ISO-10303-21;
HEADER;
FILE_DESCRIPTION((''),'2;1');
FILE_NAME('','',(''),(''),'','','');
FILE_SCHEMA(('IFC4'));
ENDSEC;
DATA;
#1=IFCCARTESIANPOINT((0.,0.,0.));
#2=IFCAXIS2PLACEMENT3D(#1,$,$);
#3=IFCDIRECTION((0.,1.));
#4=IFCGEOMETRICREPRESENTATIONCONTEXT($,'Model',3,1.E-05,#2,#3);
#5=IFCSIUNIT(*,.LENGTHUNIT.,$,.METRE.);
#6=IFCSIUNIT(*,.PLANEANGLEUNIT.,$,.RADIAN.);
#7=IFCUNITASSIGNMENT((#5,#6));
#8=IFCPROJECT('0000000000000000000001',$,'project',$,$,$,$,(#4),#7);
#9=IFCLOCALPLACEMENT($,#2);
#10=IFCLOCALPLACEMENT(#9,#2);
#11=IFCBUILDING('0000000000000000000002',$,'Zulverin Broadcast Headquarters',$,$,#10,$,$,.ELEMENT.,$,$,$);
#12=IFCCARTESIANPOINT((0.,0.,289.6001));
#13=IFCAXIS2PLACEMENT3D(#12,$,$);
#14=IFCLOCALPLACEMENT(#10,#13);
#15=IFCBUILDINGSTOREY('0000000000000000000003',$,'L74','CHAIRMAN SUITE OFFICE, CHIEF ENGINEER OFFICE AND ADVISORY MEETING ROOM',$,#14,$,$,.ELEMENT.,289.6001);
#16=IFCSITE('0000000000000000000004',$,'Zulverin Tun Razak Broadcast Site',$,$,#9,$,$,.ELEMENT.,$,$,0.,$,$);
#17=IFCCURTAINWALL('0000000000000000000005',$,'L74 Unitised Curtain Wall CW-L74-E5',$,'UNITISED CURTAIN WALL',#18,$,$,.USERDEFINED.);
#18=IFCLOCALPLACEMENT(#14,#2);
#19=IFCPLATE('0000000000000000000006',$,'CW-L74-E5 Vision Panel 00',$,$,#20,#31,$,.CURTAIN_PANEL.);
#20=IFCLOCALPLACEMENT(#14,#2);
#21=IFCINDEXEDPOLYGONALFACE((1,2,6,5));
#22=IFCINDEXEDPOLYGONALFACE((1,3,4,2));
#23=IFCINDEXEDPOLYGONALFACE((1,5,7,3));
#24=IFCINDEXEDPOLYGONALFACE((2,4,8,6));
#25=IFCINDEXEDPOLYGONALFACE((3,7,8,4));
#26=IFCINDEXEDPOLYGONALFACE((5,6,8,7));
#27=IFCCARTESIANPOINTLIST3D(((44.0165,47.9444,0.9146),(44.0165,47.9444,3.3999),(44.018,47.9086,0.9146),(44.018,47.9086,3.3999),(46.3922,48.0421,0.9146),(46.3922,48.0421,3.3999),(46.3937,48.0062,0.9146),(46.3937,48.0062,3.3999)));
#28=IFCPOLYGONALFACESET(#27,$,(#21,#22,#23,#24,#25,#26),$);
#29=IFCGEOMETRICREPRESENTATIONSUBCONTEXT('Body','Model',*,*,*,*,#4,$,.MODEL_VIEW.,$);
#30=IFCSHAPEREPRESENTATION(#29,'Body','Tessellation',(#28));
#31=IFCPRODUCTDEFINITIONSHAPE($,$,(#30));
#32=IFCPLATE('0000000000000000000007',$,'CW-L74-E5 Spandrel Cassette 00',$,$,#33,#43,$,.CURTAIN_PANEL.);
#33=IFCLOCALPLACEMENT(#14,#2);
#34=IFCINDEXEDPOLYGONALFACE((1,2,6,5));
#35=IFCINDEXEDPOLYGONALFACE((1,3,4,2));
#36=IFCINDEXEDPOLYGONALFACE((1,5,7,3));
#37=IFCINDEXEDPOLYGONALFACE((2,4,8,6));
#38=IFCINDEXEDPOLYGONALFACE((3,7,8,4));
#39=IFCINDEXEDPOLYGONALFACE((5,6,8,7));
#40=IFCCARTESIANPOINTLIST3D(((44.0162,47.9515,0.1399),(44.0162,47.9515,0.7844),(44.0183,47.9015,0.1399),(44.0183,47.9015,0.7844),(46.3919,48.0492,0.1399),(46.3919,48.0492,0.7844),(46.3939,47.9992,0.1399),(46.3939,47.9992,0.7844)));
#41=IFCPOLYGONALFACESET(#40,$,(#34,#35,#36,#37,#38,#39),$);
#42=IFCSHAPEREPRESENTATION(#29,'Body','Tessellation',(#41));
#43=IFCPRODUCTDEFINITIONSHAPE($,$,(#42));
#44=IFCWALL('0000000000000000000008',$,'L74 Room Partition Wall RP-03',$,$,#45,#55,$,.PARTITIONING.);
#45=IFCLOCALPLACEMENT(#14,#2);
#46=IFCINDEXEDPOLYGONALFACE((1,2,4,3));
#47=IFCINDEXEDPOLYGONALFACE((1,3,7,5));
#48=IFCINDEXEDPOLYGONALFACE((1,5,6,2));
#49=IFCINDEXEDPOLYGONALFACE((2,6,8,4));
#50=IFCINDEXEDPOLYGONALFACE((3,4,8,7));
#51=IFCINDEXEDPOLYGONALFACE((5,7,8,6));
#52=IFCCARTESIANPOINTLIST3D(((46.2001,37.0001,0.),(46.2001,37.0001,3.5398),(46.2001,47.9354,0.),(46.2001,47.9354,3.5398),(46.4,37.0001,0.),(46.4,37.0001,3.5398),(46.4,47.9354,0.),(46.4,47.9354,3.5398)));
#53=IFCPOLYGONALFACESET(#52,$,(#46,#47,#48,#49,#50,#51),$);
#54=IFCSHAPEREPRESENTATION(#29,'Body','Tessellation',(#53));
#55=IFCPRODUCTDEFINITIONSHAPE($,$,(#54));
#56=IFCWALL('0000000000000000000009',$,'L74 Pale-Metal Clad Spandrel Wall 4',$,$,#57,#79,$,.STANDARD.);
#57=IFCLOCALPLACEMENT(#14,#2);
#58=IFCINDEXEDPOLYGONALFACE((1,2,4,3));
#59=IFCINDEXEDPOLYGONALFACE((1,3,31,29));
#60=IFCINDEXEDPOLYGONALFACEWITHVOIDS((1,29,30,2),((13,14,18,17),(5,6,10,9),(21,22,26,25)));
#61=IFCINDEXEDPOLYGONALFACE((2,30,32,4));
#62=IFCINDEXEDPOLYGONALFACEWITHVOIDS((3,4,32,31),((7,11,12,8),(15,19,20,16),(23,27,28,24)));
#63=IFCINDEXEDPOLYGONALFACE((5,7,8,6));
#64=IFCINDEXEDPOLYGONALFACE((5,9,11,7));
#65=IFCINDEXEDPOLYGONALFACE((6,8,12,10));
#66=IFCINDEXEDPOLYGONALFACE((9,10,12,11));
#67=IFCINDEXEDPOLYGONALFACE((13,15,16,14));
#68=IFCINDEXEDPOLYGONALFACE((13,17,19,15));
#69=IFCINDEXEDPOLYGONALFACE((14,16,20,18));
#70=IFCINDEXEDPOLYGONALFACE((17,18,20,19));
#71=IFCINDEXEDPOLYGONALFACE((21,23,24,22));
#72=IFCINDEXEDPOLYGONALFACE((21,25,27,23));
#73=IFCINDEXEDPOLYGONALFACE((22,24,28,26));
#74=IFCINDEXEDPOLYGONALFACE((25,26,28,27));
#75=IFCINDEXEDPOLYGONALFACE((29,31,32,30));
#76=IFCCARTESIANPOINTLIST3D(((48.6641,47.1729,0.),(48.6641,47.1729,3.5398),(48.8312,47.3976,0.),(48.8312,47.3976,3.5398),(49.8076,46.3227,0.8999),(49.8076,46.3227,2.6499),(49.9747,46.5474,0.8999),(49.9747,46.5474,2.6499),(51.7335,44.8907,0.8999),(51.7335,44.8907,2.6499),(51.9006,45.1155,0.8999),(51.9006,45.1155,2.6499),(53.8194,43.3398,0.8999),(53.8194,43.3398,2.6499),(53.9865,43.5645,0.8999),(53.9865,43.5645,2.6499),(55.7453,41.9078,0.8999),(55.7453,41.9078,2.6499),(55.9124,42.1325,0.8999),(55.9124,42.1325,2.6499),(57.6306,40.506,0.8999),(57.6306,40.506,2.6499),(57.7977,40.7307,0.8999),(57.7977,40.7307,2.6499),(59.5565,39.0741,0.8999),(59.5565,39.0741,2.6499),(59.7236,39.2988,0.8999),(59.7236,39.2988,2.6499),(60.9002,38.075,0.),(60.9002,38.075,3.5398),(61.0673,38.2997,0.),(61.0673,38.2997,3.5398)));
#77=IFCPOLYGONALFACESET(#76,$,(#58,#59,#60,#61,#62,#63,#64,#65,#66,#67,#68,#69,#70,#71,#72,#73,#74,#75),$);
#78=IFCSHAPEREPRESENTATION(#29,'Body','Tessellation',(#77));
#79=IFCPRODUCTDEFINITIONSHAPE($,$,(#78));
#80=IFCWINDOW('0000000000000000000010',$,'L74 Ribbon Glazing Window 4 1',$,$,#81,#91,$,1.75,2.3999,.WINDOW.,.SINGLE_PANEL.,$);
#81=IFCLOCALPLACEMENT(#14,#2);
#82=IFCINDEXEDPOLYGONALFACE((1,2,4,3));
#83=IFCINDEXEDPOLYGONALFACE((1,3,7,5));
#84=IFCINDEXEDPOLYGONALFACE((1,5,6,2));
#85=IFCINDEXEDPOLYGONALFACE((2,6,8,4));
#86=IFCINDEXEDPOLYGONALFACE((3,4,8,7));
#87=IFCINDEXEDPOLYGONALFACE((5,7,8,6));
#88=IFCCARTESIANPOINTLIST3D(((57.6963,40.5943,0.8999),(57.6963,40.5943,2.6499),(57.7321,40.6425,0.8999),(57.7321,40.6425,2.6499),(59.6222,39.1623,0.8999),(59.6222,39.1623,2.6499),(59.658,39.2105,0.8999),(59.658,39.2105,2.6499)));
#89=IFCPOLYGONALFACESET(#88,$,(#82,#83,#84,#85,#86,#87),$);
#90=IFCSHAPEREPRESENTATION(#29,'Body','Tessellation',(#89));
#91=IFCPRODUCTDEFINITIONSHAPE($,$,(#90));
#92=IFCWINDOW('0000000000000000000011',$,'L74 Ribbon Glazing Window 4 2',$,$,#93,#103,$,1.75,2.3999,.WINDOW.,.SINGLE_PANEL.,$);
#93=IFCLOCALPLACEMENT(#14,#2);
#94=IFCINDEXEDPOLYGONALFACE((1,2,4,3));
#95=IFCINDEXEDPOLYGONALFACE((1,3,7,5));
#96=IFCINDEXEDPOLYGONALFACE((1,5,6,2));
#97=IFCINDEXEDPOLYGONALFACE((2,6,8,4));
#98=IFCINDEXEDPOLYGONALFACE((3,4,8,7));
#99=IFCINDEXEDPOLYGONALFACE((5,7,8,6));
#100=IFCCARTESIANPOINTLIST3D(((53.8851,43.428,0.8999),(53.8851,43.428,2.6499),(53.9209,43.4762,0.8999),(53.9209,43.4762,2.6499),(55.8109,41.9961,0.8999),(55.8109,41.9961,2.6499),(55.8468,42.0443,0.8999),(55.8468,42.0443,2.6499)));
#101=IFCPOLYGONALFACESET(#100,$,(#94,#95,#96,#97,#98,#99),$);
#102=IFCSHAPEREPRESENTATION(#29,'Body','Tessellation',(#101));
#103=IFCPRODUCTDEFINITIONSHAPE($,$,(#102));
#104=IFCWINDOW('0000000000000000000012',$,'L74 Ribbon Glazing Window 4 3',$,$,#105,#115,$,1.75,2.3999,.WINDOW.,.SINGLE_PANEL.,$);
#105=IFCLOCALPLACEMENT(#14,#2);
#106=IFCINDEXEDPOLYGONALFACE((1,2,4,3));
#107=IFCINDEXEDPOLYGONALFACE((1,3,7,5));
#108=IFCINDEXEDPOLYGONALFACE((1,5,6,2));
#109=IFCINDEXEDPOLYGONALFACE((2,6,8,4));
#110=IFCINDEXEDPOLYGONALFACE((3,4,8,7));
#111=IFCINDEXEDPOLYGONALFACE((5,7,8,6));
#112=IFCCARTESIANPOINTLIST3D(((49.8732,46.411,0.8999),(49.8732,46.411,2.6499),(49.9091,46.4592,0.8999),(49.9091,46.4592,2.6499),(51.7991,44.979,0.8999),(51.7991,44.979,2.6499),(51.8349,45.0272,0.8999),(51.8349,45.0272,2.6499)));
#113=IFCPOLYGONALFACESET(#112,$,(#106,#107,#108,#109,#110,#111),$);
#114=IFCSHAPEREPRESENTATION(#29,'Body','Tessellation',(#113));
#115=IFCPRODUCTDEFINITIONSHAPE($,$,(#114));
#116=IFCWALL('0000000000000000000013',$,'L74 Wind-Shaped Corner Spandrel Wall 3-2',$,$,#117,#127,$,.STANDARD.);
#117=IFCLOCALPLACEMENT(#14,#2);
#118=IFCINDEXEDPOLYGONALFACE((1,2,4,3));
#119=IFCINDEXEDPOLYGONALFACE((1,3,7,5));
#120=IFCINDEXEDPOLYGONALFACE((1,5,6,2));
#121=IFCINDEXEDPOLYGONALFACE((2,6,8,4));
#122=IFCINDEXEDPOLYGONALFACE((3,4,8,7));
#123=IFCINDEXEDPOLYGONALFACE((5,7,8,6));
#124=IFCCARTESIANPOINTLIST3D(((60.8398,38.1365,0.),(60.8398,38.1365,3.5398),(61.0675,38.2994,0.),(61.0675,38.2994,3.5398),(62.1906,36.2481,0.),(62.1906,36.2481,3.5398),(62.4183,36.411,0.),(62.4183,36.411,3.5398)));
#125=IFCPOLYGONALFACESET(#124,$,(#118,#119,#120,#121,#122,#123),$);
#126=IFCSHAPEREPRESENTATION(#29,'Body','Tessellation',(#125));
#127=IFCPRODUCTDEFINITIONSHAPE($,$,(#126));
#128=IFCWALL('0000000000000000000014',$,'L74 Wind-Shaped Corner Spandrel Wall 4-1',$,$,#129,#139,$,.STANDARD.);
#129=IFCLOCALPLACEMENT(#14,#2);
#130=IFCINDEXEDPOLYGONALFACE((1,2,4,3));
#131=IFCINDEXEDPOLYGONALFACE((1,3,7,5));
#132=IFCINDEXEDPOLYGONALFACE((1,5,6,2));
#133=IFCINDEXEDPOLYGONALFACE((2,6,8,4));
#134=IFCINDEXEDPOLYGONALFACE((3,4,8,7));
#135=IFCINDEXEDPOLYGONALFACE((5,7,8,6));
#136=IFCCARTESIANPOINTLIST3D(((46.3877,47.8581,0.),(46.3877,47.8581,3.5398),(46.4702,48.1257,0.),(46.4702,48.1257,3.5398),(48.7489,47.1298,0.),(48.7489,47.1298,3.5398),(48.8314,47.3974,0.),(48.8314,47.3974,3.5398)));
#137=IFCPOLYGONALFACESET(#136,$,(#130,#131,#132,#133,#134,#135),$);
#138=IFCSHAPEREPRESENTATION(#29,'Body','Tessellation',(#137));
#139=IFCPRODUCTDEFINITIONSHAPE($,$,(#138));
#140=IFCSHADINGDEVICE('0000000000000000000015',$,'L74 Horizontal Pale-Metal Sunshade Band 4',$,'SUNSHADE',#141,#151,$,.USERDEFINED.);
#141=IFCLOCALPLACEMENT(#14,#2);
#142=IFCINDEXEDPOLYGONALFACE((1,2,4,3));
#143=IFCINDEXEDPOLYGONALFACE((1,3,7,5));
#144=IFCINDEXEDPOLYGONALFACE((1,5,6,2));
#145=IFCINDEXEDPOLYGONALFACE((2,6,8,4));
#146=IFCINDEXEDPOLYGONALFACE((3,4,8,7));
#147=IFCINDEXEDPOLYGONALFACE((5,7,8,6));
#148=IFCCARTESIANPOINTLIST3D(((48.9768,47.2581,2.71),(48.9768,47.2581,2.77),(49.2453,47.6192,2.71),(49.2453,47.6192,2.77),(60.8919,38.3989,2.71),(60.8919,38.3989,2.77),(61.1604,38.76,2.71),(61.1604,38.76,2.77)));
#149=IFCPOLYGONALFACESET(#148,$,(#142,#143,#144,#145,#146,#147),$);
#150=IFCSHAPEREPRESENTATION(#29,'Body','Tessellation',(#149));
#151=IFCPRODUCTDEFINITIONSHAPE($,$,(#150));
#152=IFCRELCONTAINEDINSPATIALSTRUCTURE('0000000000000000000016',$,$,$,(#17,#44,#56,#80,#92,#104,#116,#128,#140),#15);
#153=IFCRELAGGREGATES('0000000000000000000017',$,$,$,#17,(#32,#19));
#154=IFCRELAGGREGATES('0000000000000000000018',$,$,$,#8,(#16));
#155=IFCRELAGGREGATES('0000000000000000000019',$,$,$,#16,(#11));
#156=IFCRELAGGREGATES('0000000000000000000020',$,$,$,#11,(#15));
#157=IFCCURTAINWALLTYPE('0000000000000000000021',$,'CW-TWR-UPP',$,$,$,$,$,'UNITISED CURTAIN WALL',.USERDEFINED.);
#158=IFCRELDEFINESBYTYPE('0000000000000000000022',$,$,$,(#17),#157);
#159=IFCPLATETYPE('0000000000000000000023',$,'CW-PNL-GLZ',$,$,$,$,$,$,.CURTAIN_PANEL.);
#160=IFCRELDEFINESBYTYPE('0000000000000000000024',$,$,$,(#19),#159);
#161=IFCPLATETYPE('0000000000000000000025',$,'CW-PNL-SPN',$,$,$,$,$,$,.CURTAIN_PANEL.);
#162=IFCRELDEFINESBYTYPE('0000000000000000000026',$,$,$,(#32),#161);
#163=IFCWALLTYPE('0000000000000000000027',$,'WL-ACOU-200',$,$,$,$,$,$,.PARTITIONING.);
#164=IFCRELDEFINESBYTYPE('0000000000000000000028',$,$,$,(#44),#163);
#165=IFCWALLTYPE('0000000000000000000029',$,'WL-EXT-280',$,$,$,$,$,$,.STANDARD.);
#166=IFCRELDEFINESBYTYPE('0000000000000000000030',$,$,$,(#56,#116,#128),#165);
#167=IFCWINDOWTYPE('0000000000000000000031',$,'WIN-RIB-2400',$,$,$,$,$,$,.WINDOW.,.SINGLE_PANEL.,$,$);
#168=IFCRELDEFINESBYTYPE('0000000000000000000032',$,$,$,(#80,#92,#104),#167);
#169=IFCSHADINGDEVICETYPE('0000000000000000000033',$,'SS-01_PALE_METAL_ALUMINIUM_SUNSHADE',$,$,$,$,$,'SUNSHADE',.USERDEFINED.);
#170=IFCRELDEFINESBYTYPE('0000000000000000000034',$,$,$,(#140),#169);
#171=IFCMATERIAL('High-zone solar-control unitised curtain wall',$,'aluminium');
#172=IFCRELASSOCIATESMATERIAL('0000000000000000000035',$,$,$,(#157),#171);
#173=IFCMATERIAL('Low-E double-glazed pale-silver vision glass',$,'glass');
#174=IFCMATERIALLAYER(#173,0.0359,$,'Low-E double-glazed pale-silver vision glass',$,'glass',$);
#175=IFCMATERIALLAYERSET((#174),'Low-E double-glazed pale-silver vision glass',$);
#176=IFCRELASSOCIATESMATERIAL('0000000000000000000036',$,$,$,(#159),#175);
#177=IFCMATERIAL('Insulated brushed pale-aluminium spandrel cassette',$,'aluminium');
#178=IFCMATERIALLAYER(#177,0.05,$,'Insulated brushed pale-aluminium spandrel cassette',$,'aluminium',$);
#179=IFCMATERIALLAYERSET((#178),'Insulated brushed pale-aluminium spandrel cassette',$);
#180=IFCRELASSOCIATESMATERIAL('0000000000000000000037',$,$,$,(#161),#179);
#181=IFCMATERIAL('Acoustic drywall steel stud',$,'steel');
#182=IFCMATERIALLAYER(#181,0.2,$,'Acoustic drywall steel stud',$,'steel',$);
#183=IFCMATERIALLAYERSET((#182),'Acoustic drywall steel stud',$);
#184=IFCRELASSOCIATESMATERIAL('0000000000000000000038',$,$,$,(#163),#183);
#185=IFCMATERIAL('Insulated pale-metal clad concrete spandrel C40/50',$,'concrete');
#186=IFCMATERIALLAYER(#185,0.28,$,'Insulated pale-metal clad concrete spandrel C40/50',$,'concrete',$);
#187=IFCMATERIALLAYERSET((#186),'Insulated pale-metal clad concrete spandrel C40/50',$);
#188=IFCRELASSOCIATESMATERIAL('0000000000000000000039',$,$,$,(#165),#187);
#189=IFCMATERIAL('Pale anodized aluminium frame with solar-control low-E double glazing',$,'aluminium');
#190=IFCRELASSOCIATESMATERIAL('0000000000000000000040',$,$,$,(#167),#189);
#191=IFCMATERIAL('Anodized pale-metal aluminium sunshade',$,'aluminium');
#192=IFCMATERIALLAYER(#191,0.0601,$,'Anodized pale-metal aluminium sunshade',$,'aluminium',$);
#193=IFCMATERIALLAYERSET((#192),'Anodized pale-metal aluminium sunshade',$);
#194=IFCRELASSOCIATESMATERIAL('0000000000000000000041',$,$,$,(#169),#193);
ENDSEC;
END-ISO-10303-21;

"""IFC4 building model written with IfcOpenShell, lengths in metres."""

from ifc_helpers import new_model, si_unit, direction, frame, frame_2d, origin, origin_2d, place, context, subcontext, project, spatial, rectangle, extrude, material, layer, layer_set, type_object, element, fill, aggregate, save


model = new_model("IFC4")

# Units and contexts
model_context = context("Model", 3, precision=1e-05, world=origin(), true_north=direction((0.0, 1.0)))
body_context = subcontext(model_context, "Body", "Model", "MODEL_VIEW")
ifc_project = project(units=[si_unit("LENGTHUNIT", "METRE"), si_unit("PLANEANGLEUNIT", "RADIAN")], contexts=[model_context])

# Site, building, storey
site_placement = place(None, origin())
site = spatial("IfcSite", under=ifc_project, at=site_placement, Name="Zulverin Tun Razak Broadcast Site", CompositionType="ELEMENT", RefElevation=0.0)
building_placement = place(site_placement, origin())
building = spatial("IfcBuilding", under=site, at=building_placement, Name="Zulverin Broadcast Headquarters", CompositionType="ELEMENT")
storey_placement = place(building_placement, frame((0.0, 0.0, 289.6001)))
storey = spatial("IfcBuildingStorey", under=building, at=storey_placement, Name="L74", Description="CHAIRMAN SUITE OFFICE, CHIEF ENGINEER OFFICE AND ADVISORY MEETING ROOM", CompositionType="ELEMENT", Elevation=289.6001)

# Curtain wall, plates
ifc_material_1 = material(Name="High-zone solar-control unitised curtain wall", Category="aluminium")
curtain_wall_type = type_object("IfcCurtainWallType", Name="CW-TWR-UPP", ElementType="UNITISED CURTAIN WALL", PredefinedType="USERDEFINED", material=ifc_material_1)
curtain_wall_placement = place(storey_placement, origin())
curtain_wall = element("IfcCurtainWall", 1, at=curtain_wall_placement, inside=storey, type_object=curtain_wall_type, Name="L74 Unitised Curtain Wall CW-L74-E5", ObjectType="UNITISED CURTAIN WALL", PredefinedType="USERDEFINED")
ifc_material_2 = material(Name="Low-E double-glazed pale-silver vision glass", Category="glass")
ifc_layer_1 = layer(ifc_material_2, 0.0359, Name="Low-E double-glazed pale-silver vision glass", Category="glass")
ifc_layer_set_1 = layer_set([ifc_layer_1], Name="Low-E double-glazed pale-silver vision glass")
plate_type_1 = type_object("IfcPlateType", Name="CW-PNL-GLZ", PredefinedType="CURTAIN_PANEL", material=ifc_layer_set_1)
plate_1_placement = place(storey_placement, frame((45.2051, 47.9753, 0.9146), z_axis=(0.0, 0.0, 1.0), x_axis=(-0.999156, -0.041068, 0.0)))
plate_1 = element("IfcPlate", 2, at=plate_1_placement, type_object=plate_type_1, Name="CW-L74-E5 Vision Panel 00", PredefinedType="CURTAIN_PANEL", context=body_context, shape_type="SweptSolid", body=[
    extrude(rectangle(XDim=2.3777, YDim=0.0359, at=origin_2d()), origin(), (0.0, 0.0, 1.0), 2.4854),
])
ifc_material_3 = material(Name="Insulated brushed pale-aluminium spandrel cassette", Category="aluminium")
ifc_layer_2 = layer(ifc_material_3, 0.05, Name="Insulated brushed pale-aluminium spandrel cassette", Category="aluminium")
ifc_layer_set_2 = layer_set([ifc_layer_2], Name="Insulated brushed pale-aluminium spandrel cassette")
plate_type_2 = type_object("IfcPlateType", Name="CW-PNL-SPN", PredefinedType="CURTAIN_PANEL", material=ifc_layer_set_2)
plate_2_placement = place(storey_placement, frame((45.2051, 47.9753, 0.1399), z_axis=(0.0, 0.0, 1.0), x_axis=(-0.999156, -0.041068, 0.0)))
plate_2 = element("IfcPlate", 3, at=plate_2_placement, type_object=plate_type_2, Name="CW-L74-E5 Spandrel Cassette 00", PredefinedType="CURTAIN_PANEL", context=body_context, shape_type="SweptSolid", body=[
    extrude(rectangle(XDim=2.3777, YDim=0.05, at=origin_2d()), origin(), (0.0, 0.0, 1.0), 0.6445),
])
aggregate(curtain_wall, [plate_2, plate_1])

# Wall
ifc_material_4 = material(Name="Acoustic drywall steel stud", Category="steel")
ifc_layer_3 = layer(ifc_material_4, 0.2, Name="Acoustic drywall steel stud", Category="steel")
ifc_layer_set_3 = layer_set([ifc_layer_3], Name="Acoustic drywall steel stud")
wall_type_1 = type_object("IfcWallType", Name="WL-ACOU-200", PredefinedType="PARTITIONING", material=ifc_layer_set_3)
wall_1_placement = place(storey_placement, frame((46.3, 37.0, 0.0), z_axis=(0.0, 0.0, 1.0), x_axis=(0.0, 1.0, 0.0)))
element("IfcWall", 4, at=wall_1_placement, inside=storey, type_object=wall_type_1, Name="L74 Room Partition Wall RP-03", PredefinedType="PARTITIONING", context=body_context, shape_type="SweptSolid", body=[
    extrude(rectangle(XDim=10.9353, YDim=0.2, at=frame_2d((5.4678, 0.0))), origin(), (0.0, 0.0, 1.0), 3.5398),
])

# Wall, openings, windows
ifc_material_5 = material(Name="Insulated pale-metal clad concrete spandrel C40/50", Category="concrete")
ifc_layer_4 = layer(ifc_material_5, 0.28, Name="Insulated pale-metal clad concrete spandrel C40/50", Category="concrete")
ifc_layer_set_4 = layer_set([ifc_layer_4], Name="Insulated pale-metal clad concrete spandrel C40/50")
wall_type_2 = type_object("IfcWallType", Name="WL-EXT-280", PredefinedType="STANDARD", material=ifc_layer_set_4)
wall_2_placement = place(storey_placement, frame((60.9839, 38.1873, 0.0), z_axis=(0.0, 0.0, 1.0), x_axis=(-0.802485, 0.596672, 0.0)))
wall_2 = element("IfcWall", 5, at=wall_2_placement, inside=storey, type_object=wall_type_2, Name="L74 Pale-Metal Clad Spandrel Wall 4", PredefinedType="STANDARD", context=body_context, shape_type="SweptSolid", body=[
    extrude(rectangle(XDim=15.2478, YDim=0.28, at=frame_2d((7.624, 0.0))), origin(), (0.0, 0.0, 1.0), 3.5398),
])
opening_1_placement = place(wall_2_placement, frame((1.6746, 0.0, 0.8999)))
opening_1 = element("IfcOpeningElement", 6, at=opening_1_placement, cuts=wall_2, PredefinedType="OPENING", context=body_context, shape_type="SweptSolid", body=[
    extrude(rectangle(XDim=2.3999, YDim=1.75, at=frame_2d((1.2, 0.875))), frame((0.0, 0.1499, 0.0), z_axis=(0.0, -1.0, 0.0), x_axis=(1.0, 0.0, 0.0)), (0.0, 0.0, 1.0), 0.3),
])
opening_2_placement = place(wall_2_placement, frame((6.4238, 0.0, 0.8999)))
opening_2 = element("IfcOpeningElement", 7, at=opening_2_placement, cuts=wall_2, PredefinedType="OPENING", context=body_context, shape_type="SweptSolid", body=[
    extrude(rectangle(XDim=2.3999, YDim=1.75, at=frame_2d((1.2, 0.875))), frame((0.0, 0.1499, 0.0), z_axis=(0.0, -1.0, 0.0), x_axis=(1.0, 0.0, 0.0)), (0.0, 0.0, 1.0), 0.3),
])
opening_3_placement = place(wall_2_placement, frame((11.4231, 0.0, 0.8999)))
opening_3 = element("IfcOpeningElement", 8, at=opening_3_placement, cuts=wall_2, PredefinedType="OPENING", context=body_context, shape_type="SweptSolid", body=[
    extrude(rectangle(XDim=2.3999, YDim=1.75, at=frame_2d((1.2, 0.875))), frame((0.0, 0.1499, 0.0), z_axis=(0.0, -1.0, 0.0), x_axis=(1.0, 0.0, 0.0)), (0.0, 0.0, 1.0), 0.3),
])
ifc_material_6 = material(Name="Pale anodized aluminium frame with solar-control low-E double glazing", Category="aluminium")
window_type = type_object("IfcWindowType", Name="WIN-RIB-2400", PartitioningType="SINGLE_PANEL", PredefinedType="WINDOW", material=ifc_material_6)
window_1_placement = place(opening_1_placement, origin())
window_1 = element("IfcWindow", 9, at=window_1_placement, inside=storey, type_object=window_type, Name="L74 Ribbon Glazing Window 4 1", OverallHeight=1.75, OverallWidth=2.3999, PartitioningType="SINGLE_PANEL", PredefinedType="WINDOW", context=body_context, shape_type="SweptSolid", body=[
    extrude(rectangle(XDim=2.3999, YDim=1.75, at=frame_2d((1.2, 0.875))), frame((0.0, 0.03, 0.0), z_axis=(0.0, -1.0, 0.0), x_axis=(1.0, 0.0, 0.0)), (0.0, 0.0, 1.0), 0.0601),
])
fill(opening_1, window_1)
window_2_placement = place(opening_2_placement, origin())
window_2 = element("IfcWindow", 10, at=window_2_placement, inside=storey, type_object=window_type, Name="L74 Ribbon Glazing Window 4 2", OverallHeight=1.75, OverallWidth=2.3999, PartitioningType="SINGLE_PANEL", PredefinedType="WINDOW", context=body_context, shape_type="SweptSolid", body=[
    extrude(rectangle(XDim=2.3999, YDim=1.75, at=frame_2d((1.2, 0.875))), frame((0.0, 0.03, 0.0), z_axis=(0.0, -1.0, 0.0), x_axis=(1.0, 0.0, 0.0)), (0.0, 0.0, 1.0), 0.0601),
])
fill(opening_2, window_2)
window_3_placement = place(opening_3_placement, origin())
window_3 = element("IfcWindow", 11, at=window_3_placement, inside=storey, type_object=window_type, Name="L74 Ribbon Glazing Window 4 3", OverallHeight=1.75, OverallWidth=2.3999, PartitioningType="SINGLE_PANEL", PredefinedType="WINDOW", context=body_context, shape_type="SweptSolid", body=[
    extrude(rectangle(XDim=2.3999, YDim=1.75, at=frame_2d((1.2, 0.875))), frame((0.0, 0.03, 0.0), z_axis=(0.0, -1.0, 0.0), x_axis=(1.0, 0.0, 0.0)), (0.0, 0.0, 1.0), 0.0601),
])
fill(opening_3, window_3)

# Walls
wall_3_placement = place(storey_placement, frame((62.3044, 36.3296, 0.0), z_axis=(0.0, 0.0, 1.0), x_axis=(-0.581795, 0.813335, 0.0)))
element("IfcWall", 12, at=wall_3_placement, inside=storey, type_object=wall_type_2, Name="L74 Wind-Shaped Corner Spandrel Wall 3-2", PredefinedType="STANDARD", context=body_context, shape_type="SweptSolid", body=[
    extrude(rectangle(XDim=2.3218, YDim=0.28, at=frame_2d((1.1609, 0.0))), origin(), (0.0, 0.0, 1.0), 3.5398),
])
wall_4_placement = place(storey_placement, frame((48.79, 47.2637, 0.0), z_axis=(0.0, 0.0, 1.0), x_axis=(-0.955576, 0.294745, 0.0)))
element("IfcWall", 13, at=wall_4_placement, inside=storey, type_object=wall_type_2, Name="L74 Wind-Shaped Corner Spandrel Wall 4-1", PredefinedType="STANDARD", context=body_context, shape_type="SweptSolid", body=[
    extrude(rectangle(XDim=2.4709, YDim=0.28, at=frame_2d((1.2354, 0.0))), origin(), (0.0, 0.0, 1.0), 3.5398),
])

# Shading device
ifc_material_7 = material(Name="Anodized pale-metal aluminium sunshade", Category="aluminium")
ifc_layer_5 = layer(ifc_material_7, 0.0601, Name="Anodized pale-metal aluminium sunshade", Category="aluminium")
ifc_layer_set_5 = layer_set([ifc_layer_5], Name="Anodized pale-metal aluminium sunshade")
shading_device_type = type_object("IfcShadingDeviceType", Name="SS-01_PALE_METAL_ALUMINIUM_SUNSHADE", ElementType="SUNSHADE", PredefinedType="USERDEFINED", material=ifc_layer_set_5)
shading_device_placement = place(storey_placement, frame((55.0686, 43.009, 2.71), z_axis=(0.0, 0.0, 1.0), x_axis=(-0.802486, 0.59667, 0.0)))
element("IfcShadingDevice", 14, at=shading_device_placement, inside=storey, type_object=shading_device_type, Name="L74 Horizontal Pale-Metal Sunshade Band 4", ObjectType="SUNSHADE", PredefinedType="USERDEFINED", context=body_context, shape_type="SweptSolid", body=[
    extrude(rectangle(XDim=14.8477, YDim=0.45, at=origin_2d()), origin(), (0.0, 0.0, 1.0), 0.0601),
])

save(model, "model.ifc")
